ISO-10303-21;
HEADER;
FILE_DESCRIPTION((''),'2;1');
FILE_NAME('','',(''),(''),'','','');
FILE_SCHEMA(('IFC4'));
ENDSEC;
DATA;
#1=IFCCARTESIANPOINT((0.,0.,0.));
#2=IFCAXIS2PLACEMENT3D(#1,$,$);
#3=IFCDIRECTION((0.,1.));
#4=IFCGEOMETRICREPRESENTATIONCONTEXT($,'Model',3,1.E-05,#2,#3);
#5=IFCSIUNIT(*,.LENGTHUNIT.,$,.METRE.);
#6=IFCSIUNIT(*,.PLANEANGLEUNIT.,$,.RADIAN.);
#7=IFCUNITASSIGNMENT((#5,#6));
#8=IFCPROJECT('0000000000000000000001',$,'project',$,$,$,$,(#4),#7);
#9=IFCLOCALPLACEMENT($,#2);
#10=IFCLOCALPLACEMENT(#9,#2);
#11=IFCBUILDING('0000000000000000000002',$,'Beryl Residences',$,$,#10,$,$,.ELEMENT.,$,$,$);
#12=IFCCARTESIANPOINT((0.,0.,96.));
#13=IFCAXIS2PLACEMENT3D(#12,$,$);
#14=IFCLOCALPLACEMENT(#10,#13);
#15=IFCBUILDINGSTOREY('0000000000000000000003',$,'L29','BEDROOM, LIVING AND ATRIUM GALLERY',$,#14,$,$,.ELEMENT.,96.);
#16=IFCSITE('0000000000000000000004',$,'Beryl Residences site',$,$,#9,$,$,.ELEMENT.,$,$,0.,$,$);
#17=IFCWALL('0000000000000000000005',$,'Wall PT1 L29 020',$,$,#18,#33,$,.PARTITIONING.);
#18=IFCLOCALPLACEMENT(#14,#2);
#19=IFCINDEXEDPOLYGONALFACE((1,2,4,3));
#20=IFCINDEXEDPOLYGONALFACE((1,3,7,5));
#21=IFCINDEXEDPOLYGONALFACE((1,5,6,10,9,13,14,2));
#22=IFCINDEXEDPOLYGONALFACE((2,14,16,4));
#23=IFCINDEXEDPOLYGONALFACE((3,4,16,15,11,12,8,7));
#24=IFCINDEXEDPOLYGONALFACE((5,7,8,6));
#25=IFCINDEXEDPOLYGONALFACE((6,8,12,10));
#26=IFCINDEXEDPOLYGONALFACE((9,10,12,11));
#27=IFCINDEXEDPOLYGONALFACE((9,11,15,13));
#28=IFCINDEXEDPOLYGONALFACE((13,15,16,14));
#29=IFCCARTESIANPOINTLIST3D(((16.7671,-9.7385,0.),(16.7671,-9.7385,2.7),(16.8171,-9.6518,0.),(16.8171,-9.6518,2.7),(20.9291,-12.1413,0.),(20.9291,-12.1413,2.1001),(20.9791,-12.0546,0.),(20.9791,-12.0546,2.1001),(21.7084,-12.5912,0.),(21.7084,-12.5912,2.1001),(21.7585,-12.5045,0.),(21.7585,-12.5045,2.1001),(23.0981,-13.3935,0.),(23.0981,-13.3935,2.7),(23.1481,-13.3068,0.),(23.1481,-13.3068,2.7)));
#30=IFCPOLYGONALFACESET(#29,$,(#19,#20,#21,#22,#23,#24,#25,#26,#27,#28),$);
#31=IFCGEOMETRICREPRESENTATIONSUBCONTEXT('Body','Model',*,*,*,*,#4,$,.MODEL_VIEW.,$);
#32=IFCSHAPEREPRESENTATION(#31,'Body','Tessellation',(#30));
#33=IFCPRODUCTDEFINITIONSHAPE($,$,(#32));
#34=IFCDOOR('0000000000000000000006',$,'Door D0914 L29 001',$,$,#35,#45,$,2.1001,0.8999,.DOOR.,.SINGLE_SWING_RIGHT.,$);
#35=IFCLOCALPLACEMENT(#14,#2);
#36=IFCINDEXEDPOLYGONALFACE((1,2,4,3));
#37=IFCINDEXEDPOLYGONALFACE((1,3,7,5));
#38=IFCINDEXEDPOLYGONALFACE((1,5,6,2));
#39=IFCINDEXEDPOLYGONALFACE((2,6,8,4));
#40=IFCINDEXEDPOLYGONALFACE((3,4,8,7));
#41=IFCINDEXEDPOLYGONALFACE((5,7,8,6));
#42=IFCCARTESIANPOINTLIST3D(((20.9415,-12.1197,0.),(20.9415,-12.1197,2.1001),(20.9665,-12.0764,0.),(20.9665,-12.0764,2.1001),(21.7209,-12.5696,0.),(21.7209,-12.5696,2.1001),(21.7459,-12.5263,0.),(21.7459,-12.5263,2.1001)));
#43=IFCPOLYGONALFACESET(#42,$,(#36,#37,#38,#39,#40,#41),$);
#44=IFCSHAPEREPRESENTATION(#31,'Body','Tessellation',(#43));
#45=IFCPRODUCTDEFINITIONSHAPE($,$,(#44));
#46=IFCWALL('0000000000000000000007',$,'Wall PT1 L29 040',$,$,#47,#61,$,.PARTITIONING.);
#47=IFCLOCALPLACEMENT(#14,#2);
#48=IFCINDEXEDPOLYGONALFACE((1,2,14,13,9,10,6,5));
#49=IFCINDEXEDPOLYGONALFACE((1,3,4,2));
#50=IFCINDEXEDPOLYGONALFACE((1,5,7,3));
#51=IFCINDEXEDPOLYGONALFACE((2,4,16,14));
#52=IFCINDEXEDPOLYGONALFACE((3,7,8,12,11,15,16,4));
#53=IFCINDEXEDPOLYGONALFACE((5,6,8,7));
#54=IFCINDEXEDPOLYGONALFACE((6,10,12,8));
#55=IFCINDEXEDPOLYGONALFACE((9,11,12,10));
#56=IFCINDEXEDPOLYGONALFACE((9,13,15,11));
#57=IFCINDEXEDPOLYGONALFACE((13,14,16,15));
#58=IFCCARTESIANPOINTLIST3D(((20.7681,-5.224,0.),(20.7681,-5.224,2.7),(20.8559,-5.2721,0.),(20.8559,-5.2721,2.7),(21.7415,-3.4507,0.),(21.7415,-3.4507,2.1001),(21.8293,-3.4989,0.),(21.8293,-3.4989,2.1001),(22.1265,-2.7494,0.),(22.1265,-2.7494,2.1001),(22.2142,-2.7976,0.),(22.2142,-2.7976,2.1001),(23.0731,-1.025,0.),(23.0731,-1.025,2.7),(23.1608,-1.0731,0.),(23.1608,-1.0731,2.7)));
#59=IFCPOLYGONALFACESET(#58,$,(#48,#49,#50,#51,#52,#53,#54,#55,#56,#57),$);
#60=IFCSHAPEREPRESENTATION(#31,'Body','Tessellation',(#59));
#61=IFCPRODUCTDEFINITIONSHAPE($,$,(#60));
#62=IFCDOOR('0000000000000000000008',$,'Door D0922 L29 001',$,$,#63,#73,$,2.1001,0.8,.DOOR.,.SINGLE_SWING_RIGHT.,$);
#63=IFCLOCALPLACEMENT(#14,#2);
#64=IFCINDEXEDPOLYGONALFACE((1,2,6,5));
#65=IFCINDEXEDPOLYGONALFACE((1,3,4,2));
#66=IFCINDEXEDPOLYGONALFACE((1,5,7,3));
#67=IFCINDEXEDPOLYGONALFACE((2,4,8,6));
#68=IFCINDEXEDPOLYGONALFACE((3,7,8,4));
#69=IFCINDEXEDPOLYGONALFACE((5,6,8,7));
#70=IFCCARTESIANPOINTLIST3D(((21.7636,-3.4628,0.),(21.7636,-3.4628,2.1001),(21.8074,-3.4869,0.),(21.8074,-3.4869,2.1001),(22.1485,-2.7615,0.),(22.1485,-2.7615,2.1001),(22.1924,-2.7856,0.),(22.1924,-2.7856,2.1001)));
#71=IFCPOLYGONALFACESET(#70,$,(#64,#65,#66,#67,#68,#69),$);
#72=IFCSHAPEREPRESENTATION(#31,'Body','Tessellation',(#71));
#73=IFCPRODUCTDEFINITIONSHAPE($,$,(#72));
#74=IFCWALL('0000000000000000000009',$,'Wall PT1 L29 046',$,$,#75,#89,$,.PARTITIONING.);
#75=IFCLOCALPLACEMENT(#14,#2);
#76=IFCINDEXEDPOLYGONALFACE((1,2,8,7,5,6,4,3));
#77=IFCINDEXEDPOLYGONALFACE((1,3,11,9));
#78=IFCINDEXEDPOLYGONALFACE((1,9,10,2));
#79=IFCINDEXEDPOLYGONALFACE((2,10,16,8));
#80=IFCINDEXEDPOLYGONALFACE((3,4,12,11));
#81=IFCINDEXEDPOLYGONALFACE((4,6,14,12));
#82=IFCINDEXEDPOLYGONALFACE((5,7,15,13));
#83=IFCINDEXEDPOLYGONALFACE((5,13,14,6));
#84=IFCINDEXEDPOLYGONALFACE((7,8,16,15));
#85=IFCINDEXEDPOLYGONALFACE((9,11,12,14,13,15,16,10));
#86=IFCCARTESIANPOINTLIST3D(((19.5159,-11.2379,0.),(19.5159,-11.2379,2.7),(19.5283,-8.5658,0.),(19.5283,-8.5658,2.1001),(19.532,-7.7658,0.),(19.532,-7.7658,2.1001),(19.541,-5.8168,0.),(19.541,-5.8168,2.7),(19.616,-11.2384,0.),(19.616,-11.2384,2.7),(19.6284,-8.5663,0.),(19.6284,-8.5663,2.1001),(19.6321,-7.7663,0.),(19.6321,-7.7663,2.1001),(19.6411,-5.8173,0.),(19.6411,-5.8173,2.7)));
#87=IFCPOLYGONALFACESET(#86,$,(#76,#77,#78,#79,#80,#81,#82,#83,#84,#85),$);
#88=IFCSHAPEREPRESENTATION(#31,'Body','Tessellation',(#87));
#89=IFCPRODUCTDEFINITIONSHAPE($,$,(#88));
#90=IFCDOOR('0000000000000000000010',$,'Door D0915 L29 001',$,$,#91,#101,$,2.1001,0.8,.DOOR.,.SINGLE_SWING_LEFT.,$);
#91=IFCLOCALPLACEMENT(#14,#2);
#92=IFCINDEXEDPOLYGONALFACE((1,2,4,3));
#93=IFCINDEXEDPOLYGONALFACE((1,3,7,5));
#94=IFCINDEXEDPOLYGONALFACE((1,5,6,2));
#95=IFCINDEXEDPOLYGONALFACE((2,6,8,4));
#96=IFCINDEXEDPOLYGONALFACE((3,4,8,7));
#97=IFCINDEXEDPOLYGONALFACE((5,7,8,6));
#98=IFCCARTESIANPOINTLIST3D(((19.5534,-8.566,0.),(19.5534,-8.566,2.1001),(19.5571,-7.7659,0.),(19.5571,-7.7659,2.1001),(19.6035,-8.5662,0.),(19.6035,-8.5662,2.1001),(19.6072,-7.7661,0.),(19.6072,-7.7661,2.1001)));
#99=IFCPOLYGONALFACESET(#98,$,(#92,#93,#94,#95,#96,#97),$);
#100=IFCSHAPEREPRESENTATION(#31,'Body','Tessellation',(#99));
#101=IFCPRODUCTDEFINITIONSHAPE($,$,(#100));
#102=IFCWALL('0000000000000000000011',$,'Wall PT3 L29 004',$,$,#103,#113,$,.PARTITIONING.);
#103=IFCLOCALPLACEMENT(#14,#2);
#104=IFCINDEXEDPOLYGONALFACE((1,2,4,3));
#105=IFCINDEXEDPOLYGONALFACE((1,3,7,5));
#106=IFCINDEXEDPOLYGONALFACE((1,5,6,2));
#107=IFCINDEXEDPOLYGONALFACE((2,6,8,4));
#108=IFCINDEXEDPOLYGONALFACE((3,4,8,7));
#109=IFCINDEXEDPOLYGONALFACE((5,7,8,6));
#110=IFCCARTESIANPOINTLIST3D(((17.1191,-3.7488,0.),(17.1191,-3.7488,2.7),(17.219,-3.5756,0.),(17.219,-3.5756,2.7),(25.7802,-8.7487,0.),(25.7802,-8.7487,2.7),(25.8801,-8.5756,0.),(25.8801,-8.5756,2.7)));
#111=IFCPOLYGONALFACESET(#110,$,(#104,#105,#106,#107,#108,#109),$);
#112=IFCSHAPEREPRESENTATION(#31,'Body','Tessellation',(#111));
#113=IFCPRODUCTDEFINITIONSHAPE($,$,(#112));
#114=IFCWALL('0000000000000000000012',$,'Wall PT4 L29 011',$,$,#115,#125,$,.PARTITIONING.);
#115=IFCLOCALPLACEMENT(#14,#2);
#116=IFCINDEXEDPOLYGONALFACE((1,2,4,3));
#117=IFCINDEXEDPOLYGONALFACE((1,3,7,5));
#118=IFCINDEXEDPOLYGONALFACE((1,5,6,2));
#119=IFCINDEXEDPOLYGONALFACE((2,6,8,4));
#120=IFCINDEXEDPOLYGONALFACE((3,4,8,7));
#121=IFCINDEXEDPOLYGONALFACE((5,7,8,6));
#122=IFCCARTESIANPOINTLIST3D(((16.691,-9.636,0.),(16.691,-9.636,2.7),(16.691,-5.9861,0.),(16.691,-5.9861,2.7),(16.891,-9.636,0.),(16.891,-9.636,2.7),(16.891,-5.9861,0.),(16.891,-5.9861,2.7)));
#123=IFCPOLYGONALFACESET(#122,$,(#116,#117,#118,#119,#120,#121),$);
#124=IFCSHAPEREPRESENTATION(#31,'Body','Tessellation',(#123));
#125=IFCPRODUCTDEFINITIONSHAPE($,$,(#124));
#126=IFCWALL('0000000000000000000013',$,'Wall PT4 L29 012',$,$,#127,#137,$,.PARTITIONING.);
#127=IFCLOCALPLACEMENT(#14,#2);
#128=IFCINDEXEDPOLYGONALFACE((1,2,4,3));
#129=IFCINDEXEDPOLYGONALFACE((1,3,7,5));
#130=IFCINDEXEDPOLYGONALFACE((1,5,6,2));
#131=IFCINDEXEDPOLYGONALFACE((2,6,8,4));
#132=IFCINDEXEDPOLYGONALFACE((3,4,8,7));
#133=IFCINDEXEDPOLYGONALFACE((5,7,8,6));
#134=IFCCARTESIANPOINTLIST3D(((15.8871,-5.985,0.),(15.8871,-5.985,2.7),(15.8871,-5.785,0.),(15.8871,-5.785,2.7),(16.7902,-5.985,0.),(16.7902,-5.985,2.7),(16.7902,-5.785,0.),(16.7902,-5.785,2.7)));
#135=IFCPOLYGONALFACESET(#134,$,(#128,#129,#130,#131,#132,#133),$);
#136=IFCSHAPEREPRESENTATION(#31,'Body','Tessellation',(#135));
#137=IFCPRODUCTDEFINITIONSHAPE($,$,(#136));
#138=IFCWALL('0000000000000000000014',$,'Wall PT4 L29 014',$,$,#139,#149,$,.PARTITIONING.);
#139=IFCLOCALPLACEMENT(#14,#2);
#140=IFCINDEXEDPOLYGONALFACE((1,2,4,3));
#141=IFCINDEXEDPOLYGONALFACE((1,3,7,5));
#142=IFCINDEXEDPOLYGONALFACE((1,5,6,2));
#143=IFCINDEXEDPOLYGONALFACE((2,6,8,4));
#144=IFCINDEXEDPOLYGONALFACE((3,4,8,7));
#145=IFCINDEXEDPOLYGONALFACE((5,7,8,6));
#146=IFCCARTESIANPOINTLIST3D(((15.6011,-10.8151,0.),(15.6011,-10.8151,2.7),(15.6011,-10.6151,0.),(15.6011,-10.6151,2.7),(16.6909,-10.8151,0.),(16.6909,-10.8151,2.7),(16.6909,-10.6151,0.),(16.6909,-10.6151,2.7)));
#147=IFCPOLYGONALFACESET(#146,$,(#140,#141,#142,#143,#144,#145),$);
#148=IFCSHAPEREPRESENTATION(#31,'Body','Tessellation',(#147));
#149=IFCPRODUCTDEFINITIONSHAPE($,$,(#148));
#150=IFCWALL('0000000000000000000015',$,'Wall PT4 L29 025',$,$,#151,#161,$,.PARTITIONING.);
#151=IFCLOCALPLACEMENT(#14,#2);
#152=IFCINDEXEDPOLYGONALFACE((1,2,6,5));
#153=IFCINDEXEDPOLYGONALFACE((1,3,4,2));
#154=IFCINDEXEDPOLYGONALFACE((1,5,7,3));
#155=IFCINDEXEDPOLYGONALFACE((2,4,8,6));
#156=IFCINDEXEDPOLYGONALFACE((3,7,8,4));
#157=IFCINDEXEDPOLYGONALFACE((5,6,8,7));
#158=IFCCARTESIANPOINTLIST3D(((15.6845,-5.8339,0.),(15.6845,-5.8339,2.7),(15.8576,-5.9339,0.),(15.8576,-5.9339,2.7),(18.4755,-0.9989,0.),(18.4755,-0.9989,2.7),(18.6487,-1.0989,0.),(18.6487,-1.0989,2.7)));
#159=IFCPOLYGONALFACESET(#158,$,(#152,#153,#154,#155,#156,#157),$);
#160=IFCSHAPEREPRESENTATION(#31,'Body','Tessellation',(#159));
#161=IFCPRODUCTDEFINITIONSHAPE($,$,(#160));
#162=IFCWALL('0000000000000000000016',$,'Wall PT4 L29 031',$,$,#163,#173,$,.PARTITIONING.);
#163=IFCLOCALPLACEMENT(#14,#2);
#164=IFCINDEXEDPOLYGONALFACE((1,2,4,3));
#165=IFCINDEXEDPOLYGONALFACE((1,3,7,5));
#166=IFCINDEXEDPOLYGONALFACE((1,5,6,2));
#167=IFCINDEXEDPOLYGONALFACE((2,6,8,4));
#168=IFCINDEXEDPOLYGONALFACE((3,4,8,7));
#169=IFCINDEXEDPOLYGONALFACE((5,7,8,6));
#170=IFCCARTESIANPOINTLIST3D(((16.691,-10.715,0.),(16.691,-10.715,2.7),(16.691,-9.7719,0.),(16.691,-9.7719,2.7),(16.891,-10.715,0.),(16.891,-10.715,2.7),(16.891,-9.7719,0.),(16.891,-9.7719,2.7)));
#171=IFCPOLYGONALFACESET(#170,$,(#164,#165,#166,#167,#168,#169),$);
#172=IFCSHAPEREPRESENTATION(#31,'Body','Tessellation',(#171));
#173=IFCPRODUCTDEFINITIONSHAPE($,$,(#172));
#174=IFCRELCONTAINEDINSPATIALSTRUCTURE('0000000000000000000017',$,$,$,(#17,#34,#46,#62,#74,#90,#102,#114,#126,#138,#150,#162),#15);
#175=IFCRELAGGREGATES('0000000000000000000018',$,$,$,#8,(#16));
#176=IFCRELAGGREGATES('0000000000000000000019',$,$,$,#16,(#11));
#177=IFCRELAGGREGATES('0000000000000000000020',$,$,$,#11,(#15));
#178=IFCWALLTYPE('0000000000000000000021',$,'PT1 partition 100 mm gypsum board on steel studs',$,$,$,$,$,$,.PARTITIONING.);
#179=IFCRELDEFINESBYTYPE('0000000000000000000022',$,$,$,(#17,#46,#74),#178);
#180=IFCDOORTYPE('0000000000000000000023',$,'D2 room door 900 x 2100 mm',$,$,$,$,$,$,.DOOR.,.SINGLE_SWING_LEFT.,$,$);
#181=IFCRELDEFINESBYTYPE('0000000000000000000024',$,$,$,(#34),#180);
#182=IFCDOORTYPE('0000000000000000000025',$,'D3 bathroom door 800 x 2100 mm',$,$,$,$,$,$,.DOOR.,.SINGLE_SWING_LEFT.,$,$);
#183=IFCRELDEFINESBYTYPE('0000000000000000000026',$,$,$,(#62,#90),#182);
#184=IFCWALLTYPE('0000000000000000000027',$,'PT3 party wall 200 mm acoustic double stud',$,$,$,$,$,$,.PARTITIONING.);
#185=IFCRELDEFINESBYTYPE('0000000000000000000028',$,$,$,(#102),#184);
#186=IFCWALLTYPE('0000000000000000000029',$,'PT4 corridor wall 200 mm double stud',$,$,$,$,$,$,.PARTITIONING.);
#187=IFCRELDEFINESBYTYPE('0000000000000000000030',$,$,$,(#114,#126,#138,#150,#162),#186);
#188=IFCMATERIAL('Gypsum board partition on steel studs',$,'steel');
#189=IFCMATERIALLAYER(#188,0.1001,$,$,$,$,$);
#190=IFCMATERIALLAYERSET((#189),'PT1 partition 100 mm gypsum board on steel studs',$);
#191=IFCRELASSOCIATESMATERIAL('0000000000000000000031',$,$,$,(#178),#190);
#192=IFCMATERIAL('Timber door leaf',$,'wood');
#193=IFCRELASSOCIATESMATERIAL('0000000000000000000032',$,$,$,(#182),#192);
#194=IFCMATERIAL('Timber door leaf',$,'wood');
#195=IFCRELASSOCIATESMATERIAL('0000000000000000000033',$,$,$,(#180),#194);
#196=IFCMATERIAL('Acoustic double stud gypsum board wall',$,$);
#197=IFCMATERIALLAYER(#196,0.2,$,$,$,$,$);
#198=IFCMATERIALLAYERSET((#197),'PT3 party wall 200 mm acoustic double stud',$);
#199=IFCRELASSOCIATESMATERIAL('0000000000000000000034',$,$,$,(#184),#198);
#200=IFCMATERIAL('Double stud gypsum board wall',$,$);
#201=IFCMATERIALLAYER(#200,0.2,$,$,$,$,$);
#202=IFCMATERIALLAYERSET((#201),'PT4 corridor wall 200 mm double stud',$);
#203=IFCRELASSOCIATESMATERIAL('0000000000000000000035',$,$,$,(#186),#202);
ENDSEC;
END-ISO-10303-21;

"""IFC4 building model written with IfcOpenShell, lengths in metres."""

from ifc_helpers import new_model, si_unit, direction, frame, frame_2d, origin, place, context, subcontext, project, spatial, rectangle, extrude, material, layer, layer_set, type_object, element, fill, save


model = new_model("IFC4")

# Units and contexts
model_context = context("Model", 3, precision=1e-05, world=origin(), true_north=direction((0.0, 1.0)))
body_context = subcontext(model_context, "Body", "Model", "MODEL_VIEW")
ifc_project = project(units=[si_unit("LENGTHUNIT", "METRE"), si_unit("PLANEANGLEUNIT", "RADIAN")], contexts=[model_context])

# Site, building, storey
site_placement = place(None, origin())
site = spatial("IfcSite", under=ifc_project, at=site_placement, Name="Beryl Residences site", CompositionType="ELEMENT", RefElevation=0.0)
building_placement = place(site_placement, origin())
building = spatial("IfcBuilding", under=site, at=building_placement, Name="Beryl Residences", CompositionType="ELEMENT")
storey_placement = place(building_placement, frame((0.0, 0.0, 96.0)))
storey = spatial("IfcBuildingStorey", under=building, at=storey_placement, Name="L29", Description="BEDROOM, LIVING AND ATRIUM GALLERY", CompositionType="ELEMENT", Elevation=96.0)

# Shared definitions
ifc_material_1 = material(Name="Gypsum board partition on steel studs", Category="steel")
ifc_layer_1 = layer(ifc_material_1, 0.1001)
ifc_layer_set_1 = layer_set([ifc_layer_1], Name="PT1 partition 100 mm gypsum board on steel studs")
wall_type_1 = type_object("IfcWallType", Name="PT1 partition 100 mm gypsum board on steel studs", PredefinedType="PARTITIONING", material=ifc_layer_set_1)

# Walls, openings, doors
ifc_material_2 = material(Name="Timber door leaf", Category="wood")
door_type_1 = type_object("IfcDoorType", Name="D3 bathroom door 800 x 2100 mm", OperationType="SINGLE_SWING_LEFT", PredefinedType="DOOR", material=ifc_material_2)
wall_1_placement = place(storey_placement, frame((16.792, -9.6951, 0.0), z_axis=(0.0, 0.0, 1.0), x_axis=(0.866038, -0.499979, 0.0)))
wall_1 = element("IfcWall", 1, at=wall_1_placement, inside=storey, type_object=wall_type_1, Name="Wall PT1 L29 020", PredefinedType="PARTITIONING", context=body_context, shape_type="SweptSolid", body=[
    extrude(rectangle(XDim=7.3103, YDim=0.1001, at=frame_2d((3.6553, 0.0))), origin(), (0.0, 0.0, 1.0), 2.7),
])
opening_1_placement = place(wall_1_placement, frame((4.8059, 0.0, 0.0)))
opening_1 = element("IfcOpeningElement", 2, at=opening_1_placement, cuts=wall_1, PredefinedType="OPENING", context=body_context, shape_type="SweptSolid", body=[
    extrude(rectangle(XDim=0.8999, YDim=2.1001, at=frame_2d((0.45, 1.05))), frame((0.0, 0.0601, 0.0), z_axis=(0.0, -1.0, 0.0), x_axis=(1.0, 0.0, 0.0)), (0.0, 0.0, 1.0), 0.1201),
])
ifc_material_3 = material(Name="Timber door leaf", Category="wood")
door_type_2 = type_object("IfcDoorType", Name="D2 room door 900 x 2100 mm", OperationType="SINGLE_SWING_LEFT", PredefinedType="DOOR", material=ifc_material_3)
door_1_placement = place(opening_1_placement, origin())
door_1 = element("IfcDoor", 3, at=door_1_placement, inside=storey, type_object=door_type_2, Name="Door D0914 L29 001", OperationType="SINGLE_SWING_RIGHT", OverallHeight=2.1001, OverallWidth=0.8999, PredefinedType="DOOR", context=body_context, shape_type="SweptSolid", body=[
    extrude(rectangle(XDim=0.8999, YDim=2.1001, at=frame_2d((0.45, 1.05))), frame((0.0, 0.0249, 0.0), z_axis=(0.0, -1.0, 0.0), x_axis=(1.0, 0.0, 0.0)), (0.0, 0.0, 1.0), 0.05),
])
fill(opening_1, door_1)
wall_2_placement = place(storey_placement, frame((20.812, -5.248, 0.0), z_axis=(0.0, 0.0, 1.0), x_axis=(0.481197, 0.876613, 0.0)))
wall_2 = element("IfcWall", 4, at=wall_2_placement, inside=storey, type_object=wall_type_1, Name="Wall PT1 L29 040", PredefinedType="PARTITIONING", context=body_context, shape_type="SweptSolid", body=[
    extrude(rectangle(XDim=4.79, YDim=0.1001, at=frame_2d((2.395, 0.0))), origin(), (0.0, 0.0, 1.0), 2.7),
])
opening_2_placement = place(wall_2_placement, frame((2.0229, 0.0, 0.0)))
opening_2 = element("IfcOpeningElement", 5, at=opening_2_placement, cuts=wall_2, PredefinedType="OPENING", context=body_context, shape_type="SweptSolid", body=[
    extrude(rectangle(XDim=0.8, YDim=2.1001, at=frame_2d((0.3999, 1.05))), frame((0.0, 0.0601, 0.0), z_axis=(0.0, -1.0, 0.0), x_axis=(1.0, 0.0, 0.0)), (0.0, 0.0, 1.0), 0.1201),
])
door_2_placement = place(opening_2_placement, origin())
door_2 = element("IfcDoor", 6, at=door_2_placement, inside=storey, type_object=door_type_1, Name="Door D0922 L29 001", OperationType="SINGLE_SWING_RIGHT", OverallHeight=2.1001, OverallWidth=0.8, PredefinedType="DOOR", context=body_context, shape_type="SweptSolid", body=[
    extrude(rectangle(XDim=0.8, YDim=2.1001, at=frame_2d((0.3999, 1.05))), frame((0.0, 0.0249, 0.0), z_axis=(0.0, -1.0, 0.0), x_axis=(1.0, 0.0, 0.0)), (0.0, 0.0, 1.0), 0.05),
])
fill(opening_2, door_2)
wall_3_placement = place(storey_placement, frame((19.5659, -11.238, 0.0), z_axis=(0.0, 0.0, 1.0), x_axis=(0.004639, 0.999989, 0.0)))
wall_3 = element("IfcWall", 7, at=wall_3_placement, inside=storey, type_object=wall_type_1, Name="Wall PT1 L29 046", PredefinedType="PARTITIONING", context=body_context, shape_type="SweptSolid", body=[
    extrude(rectangle(XDim=5.4211, YDim=0.1001, at=frame_2d((2.7104, 0.0))), origin(), (0.0, 0.0, 1.0), 2.7),
])
opening_3_placement = place(wall_3_placement, frame((2.6721, 0.0, 0.0)))
opening_3 = element("IfcOpeningElement", 8, at=opening_3_placement, cuts=wall_3, PredefinedType="OPENING", context=body_context, shape_type="SweptSolid", body=[
    extrude(rectangle(XDim=0.8, YDim=2.1001, at=frame_2d((0.3999, 1.05))), frame((0.0, 0.0601, 0.0), z_axis=(0.0, -1.0, 0.0), x_axis=(1.0, 0.0, 0.0)), (0.0, 0.0, 1.0), 0.1201),
])
door_3_placement = place(opening_3_placement, origin())
door_3 = element("IfcDoor", 9, at=door_3_placement, inside=storey, type_object=door_type_1, Name="Door D0915 L29 001", OperationType="SINGLE_SWING_LEFT", OverallHeight=2.1001, OverallWidth=0.8, PredefinedType="DOOR", context=body_context, shape_type="SweptSolid", body=[
    extrude(rectangle(XDim=0.8, YDim=2.1001, at=frame_2d((0.3999, 1.05))), frame((0.0, 0.0249, 0.0), z_axis=(0.0, -1.0, 0.0), x_axis=(1.0, 0.0, 0.0)), (0.0, 0.0, 1.0), 0.05),
])
fill(opening_3, door_3)

# Walls
ifc_material_4 = material(Name="Acoustic double stud gypsum board wall")
ifc_layer_2 = layer(ifc_material_4, 0.2)
ifc_layer_set_2 = layer_set([ifc_layer_2], Name="PT3 party wall 200 mm acoustic double stud")
wall_type_2 = type_object("IfcWallType", Name="PT3 party wall 200 mm acoustic double stud", PredefinedType="PARTITIONING", material=ifc_layer_set_2)
wall_4_placement = place(storey_placement, frame((17.1689, -3.6621, 0.0), z_axis=(0.0, 0.0, 1.0), x_axis=(0.866047, -0.499962, 0.0)))
element("IfcWall", 10, at=wall_4_placement, inside=storey, type_object=wall_type_2, Name="Wall PT3 L29 004", PredefinedType="PARTITIONING", context=body_context, shape_type="SweptSolid", body=[
    extrude(rectangle(XDim=10.0007, YDim=0.2, at=frame_2d((5.0005, 0.0))), origin(), (0.0, 0.0, 1.0), 2.7),
])
ifc_material_5 = material(Name="Double stud gypsum board wall")
ifc_layer_3 = layer(ifc_material_5, 0.2)
ifc_layer_set_3 = layer_set([ifc_layer_3], Name="PT4 corridor wall 200 mm double stud")
wall_type_3 = type_object("IfcWallType", Name="PT4 corridor wall 200 mm double stud", PredefinedType="PARTITIONING", material=ifc_layer_set_3)
wall_5_placement = place(storey_placement, frame((16.791, -5.9861, 0.0), z_axis=(0.0, 0.0, 1.0), x_axis=(0.0, -1.0, 0.0)))
element("IfcWall", 11, at=wall_5_placement, inside=storey, type_object=wall_type_3, Name="Wall PT4 L29 011", PredefinedType="PARTITIONING", context=body_context, shape_type="SweptSolid", body=[
    extrude(rectangle(XDim=3.6499, YDim=0.2, at=frame_2d((1.825, 0.0))), origin(), (0.0, 0.0, 1.0), 2.7),
])
wall_6_placement = place(storey_placement, frame((15.887, -5.885, 0.0), z_axis=(0.0, 0.0, 1.0), x_axis=(1.0, 0.0, 0.0)))
element("IfcWall", 12, at=wall_6_placement, inside=storey, type_object=wall_type_3, Name="Wall PT4 L29 012", PredefinedType="PARTITIONING", context=body_context, shape_type="SweptSolid", body=[
    extrude(rectangle(XDim=0.9031, YDim=0.2, at=frame_2d((0.4517, 0.0))), origin(), (0.0, 0.0, 1.0), 2.7),
])
wall_7_placement = place(storey_placement, frame((15.6011, -10.7151, 0.0), z_axis=(0.0, 0.0, 1.0), x_axis=(1.0, 0.0, 0.0)))
element("IfcWall", 13, at=wall_7_placement, inside=storey, type_object=wall_type_3, Name="Wall PT4 L29 014", PredefinedType="PARTITIONING", context=body_context, shape_type="SweptSolid", body=[
    extrude(rectangle(XDim=1.0898, YDim=0.2, at=frame_2d((0.5449, 0.0))), origin(), (0.0, 0.0, 1.0), 2.7),
])
wall_8_placement = place(storey_placement, frame((15.771, -5.884, 0.0), z_axis=(0.0, 0.0, 1.0), x_axis=(0.499939, 0.86606, 0.0)))
element("IfcWall", 14, at=wall_8_placement, inside=storey, type_object=wall_type_3, Name="Wall PT4 L29 025", PredefinedType="PARTITIONING", context=body_context, shape_type="SweptSolid", body=[
    extrude(rectangle(XDim=5.5828, YDim=0.2, at=frame_2d((2.7915, 0.0))), origin(), (0.0, 0.0, 1.0), 2.7),
])
wall_9_placement = place(storey_placement, frame((16.791, -10.7151, 0.0), z_axis=(0.0, 0.0, 1.0), x_axis=(0.0, 1.0, 0.0)))
element("IfcWall", 15, at=wall_9_placement, inside=storey, type_object=wall_type_3, Name="Wall PT4 L29 031", PredefinedType="PARTITIONING", context=body_context, shape_type="SweptSolid", body=[
    extrude(rectangle(XDim=0.9431, YDim=0.2, at=frame_2d((0.4717, 0.0))), origin(), (0.0, 0.0, 1.0), 2.7),
])

save(model, "model.ifc")
